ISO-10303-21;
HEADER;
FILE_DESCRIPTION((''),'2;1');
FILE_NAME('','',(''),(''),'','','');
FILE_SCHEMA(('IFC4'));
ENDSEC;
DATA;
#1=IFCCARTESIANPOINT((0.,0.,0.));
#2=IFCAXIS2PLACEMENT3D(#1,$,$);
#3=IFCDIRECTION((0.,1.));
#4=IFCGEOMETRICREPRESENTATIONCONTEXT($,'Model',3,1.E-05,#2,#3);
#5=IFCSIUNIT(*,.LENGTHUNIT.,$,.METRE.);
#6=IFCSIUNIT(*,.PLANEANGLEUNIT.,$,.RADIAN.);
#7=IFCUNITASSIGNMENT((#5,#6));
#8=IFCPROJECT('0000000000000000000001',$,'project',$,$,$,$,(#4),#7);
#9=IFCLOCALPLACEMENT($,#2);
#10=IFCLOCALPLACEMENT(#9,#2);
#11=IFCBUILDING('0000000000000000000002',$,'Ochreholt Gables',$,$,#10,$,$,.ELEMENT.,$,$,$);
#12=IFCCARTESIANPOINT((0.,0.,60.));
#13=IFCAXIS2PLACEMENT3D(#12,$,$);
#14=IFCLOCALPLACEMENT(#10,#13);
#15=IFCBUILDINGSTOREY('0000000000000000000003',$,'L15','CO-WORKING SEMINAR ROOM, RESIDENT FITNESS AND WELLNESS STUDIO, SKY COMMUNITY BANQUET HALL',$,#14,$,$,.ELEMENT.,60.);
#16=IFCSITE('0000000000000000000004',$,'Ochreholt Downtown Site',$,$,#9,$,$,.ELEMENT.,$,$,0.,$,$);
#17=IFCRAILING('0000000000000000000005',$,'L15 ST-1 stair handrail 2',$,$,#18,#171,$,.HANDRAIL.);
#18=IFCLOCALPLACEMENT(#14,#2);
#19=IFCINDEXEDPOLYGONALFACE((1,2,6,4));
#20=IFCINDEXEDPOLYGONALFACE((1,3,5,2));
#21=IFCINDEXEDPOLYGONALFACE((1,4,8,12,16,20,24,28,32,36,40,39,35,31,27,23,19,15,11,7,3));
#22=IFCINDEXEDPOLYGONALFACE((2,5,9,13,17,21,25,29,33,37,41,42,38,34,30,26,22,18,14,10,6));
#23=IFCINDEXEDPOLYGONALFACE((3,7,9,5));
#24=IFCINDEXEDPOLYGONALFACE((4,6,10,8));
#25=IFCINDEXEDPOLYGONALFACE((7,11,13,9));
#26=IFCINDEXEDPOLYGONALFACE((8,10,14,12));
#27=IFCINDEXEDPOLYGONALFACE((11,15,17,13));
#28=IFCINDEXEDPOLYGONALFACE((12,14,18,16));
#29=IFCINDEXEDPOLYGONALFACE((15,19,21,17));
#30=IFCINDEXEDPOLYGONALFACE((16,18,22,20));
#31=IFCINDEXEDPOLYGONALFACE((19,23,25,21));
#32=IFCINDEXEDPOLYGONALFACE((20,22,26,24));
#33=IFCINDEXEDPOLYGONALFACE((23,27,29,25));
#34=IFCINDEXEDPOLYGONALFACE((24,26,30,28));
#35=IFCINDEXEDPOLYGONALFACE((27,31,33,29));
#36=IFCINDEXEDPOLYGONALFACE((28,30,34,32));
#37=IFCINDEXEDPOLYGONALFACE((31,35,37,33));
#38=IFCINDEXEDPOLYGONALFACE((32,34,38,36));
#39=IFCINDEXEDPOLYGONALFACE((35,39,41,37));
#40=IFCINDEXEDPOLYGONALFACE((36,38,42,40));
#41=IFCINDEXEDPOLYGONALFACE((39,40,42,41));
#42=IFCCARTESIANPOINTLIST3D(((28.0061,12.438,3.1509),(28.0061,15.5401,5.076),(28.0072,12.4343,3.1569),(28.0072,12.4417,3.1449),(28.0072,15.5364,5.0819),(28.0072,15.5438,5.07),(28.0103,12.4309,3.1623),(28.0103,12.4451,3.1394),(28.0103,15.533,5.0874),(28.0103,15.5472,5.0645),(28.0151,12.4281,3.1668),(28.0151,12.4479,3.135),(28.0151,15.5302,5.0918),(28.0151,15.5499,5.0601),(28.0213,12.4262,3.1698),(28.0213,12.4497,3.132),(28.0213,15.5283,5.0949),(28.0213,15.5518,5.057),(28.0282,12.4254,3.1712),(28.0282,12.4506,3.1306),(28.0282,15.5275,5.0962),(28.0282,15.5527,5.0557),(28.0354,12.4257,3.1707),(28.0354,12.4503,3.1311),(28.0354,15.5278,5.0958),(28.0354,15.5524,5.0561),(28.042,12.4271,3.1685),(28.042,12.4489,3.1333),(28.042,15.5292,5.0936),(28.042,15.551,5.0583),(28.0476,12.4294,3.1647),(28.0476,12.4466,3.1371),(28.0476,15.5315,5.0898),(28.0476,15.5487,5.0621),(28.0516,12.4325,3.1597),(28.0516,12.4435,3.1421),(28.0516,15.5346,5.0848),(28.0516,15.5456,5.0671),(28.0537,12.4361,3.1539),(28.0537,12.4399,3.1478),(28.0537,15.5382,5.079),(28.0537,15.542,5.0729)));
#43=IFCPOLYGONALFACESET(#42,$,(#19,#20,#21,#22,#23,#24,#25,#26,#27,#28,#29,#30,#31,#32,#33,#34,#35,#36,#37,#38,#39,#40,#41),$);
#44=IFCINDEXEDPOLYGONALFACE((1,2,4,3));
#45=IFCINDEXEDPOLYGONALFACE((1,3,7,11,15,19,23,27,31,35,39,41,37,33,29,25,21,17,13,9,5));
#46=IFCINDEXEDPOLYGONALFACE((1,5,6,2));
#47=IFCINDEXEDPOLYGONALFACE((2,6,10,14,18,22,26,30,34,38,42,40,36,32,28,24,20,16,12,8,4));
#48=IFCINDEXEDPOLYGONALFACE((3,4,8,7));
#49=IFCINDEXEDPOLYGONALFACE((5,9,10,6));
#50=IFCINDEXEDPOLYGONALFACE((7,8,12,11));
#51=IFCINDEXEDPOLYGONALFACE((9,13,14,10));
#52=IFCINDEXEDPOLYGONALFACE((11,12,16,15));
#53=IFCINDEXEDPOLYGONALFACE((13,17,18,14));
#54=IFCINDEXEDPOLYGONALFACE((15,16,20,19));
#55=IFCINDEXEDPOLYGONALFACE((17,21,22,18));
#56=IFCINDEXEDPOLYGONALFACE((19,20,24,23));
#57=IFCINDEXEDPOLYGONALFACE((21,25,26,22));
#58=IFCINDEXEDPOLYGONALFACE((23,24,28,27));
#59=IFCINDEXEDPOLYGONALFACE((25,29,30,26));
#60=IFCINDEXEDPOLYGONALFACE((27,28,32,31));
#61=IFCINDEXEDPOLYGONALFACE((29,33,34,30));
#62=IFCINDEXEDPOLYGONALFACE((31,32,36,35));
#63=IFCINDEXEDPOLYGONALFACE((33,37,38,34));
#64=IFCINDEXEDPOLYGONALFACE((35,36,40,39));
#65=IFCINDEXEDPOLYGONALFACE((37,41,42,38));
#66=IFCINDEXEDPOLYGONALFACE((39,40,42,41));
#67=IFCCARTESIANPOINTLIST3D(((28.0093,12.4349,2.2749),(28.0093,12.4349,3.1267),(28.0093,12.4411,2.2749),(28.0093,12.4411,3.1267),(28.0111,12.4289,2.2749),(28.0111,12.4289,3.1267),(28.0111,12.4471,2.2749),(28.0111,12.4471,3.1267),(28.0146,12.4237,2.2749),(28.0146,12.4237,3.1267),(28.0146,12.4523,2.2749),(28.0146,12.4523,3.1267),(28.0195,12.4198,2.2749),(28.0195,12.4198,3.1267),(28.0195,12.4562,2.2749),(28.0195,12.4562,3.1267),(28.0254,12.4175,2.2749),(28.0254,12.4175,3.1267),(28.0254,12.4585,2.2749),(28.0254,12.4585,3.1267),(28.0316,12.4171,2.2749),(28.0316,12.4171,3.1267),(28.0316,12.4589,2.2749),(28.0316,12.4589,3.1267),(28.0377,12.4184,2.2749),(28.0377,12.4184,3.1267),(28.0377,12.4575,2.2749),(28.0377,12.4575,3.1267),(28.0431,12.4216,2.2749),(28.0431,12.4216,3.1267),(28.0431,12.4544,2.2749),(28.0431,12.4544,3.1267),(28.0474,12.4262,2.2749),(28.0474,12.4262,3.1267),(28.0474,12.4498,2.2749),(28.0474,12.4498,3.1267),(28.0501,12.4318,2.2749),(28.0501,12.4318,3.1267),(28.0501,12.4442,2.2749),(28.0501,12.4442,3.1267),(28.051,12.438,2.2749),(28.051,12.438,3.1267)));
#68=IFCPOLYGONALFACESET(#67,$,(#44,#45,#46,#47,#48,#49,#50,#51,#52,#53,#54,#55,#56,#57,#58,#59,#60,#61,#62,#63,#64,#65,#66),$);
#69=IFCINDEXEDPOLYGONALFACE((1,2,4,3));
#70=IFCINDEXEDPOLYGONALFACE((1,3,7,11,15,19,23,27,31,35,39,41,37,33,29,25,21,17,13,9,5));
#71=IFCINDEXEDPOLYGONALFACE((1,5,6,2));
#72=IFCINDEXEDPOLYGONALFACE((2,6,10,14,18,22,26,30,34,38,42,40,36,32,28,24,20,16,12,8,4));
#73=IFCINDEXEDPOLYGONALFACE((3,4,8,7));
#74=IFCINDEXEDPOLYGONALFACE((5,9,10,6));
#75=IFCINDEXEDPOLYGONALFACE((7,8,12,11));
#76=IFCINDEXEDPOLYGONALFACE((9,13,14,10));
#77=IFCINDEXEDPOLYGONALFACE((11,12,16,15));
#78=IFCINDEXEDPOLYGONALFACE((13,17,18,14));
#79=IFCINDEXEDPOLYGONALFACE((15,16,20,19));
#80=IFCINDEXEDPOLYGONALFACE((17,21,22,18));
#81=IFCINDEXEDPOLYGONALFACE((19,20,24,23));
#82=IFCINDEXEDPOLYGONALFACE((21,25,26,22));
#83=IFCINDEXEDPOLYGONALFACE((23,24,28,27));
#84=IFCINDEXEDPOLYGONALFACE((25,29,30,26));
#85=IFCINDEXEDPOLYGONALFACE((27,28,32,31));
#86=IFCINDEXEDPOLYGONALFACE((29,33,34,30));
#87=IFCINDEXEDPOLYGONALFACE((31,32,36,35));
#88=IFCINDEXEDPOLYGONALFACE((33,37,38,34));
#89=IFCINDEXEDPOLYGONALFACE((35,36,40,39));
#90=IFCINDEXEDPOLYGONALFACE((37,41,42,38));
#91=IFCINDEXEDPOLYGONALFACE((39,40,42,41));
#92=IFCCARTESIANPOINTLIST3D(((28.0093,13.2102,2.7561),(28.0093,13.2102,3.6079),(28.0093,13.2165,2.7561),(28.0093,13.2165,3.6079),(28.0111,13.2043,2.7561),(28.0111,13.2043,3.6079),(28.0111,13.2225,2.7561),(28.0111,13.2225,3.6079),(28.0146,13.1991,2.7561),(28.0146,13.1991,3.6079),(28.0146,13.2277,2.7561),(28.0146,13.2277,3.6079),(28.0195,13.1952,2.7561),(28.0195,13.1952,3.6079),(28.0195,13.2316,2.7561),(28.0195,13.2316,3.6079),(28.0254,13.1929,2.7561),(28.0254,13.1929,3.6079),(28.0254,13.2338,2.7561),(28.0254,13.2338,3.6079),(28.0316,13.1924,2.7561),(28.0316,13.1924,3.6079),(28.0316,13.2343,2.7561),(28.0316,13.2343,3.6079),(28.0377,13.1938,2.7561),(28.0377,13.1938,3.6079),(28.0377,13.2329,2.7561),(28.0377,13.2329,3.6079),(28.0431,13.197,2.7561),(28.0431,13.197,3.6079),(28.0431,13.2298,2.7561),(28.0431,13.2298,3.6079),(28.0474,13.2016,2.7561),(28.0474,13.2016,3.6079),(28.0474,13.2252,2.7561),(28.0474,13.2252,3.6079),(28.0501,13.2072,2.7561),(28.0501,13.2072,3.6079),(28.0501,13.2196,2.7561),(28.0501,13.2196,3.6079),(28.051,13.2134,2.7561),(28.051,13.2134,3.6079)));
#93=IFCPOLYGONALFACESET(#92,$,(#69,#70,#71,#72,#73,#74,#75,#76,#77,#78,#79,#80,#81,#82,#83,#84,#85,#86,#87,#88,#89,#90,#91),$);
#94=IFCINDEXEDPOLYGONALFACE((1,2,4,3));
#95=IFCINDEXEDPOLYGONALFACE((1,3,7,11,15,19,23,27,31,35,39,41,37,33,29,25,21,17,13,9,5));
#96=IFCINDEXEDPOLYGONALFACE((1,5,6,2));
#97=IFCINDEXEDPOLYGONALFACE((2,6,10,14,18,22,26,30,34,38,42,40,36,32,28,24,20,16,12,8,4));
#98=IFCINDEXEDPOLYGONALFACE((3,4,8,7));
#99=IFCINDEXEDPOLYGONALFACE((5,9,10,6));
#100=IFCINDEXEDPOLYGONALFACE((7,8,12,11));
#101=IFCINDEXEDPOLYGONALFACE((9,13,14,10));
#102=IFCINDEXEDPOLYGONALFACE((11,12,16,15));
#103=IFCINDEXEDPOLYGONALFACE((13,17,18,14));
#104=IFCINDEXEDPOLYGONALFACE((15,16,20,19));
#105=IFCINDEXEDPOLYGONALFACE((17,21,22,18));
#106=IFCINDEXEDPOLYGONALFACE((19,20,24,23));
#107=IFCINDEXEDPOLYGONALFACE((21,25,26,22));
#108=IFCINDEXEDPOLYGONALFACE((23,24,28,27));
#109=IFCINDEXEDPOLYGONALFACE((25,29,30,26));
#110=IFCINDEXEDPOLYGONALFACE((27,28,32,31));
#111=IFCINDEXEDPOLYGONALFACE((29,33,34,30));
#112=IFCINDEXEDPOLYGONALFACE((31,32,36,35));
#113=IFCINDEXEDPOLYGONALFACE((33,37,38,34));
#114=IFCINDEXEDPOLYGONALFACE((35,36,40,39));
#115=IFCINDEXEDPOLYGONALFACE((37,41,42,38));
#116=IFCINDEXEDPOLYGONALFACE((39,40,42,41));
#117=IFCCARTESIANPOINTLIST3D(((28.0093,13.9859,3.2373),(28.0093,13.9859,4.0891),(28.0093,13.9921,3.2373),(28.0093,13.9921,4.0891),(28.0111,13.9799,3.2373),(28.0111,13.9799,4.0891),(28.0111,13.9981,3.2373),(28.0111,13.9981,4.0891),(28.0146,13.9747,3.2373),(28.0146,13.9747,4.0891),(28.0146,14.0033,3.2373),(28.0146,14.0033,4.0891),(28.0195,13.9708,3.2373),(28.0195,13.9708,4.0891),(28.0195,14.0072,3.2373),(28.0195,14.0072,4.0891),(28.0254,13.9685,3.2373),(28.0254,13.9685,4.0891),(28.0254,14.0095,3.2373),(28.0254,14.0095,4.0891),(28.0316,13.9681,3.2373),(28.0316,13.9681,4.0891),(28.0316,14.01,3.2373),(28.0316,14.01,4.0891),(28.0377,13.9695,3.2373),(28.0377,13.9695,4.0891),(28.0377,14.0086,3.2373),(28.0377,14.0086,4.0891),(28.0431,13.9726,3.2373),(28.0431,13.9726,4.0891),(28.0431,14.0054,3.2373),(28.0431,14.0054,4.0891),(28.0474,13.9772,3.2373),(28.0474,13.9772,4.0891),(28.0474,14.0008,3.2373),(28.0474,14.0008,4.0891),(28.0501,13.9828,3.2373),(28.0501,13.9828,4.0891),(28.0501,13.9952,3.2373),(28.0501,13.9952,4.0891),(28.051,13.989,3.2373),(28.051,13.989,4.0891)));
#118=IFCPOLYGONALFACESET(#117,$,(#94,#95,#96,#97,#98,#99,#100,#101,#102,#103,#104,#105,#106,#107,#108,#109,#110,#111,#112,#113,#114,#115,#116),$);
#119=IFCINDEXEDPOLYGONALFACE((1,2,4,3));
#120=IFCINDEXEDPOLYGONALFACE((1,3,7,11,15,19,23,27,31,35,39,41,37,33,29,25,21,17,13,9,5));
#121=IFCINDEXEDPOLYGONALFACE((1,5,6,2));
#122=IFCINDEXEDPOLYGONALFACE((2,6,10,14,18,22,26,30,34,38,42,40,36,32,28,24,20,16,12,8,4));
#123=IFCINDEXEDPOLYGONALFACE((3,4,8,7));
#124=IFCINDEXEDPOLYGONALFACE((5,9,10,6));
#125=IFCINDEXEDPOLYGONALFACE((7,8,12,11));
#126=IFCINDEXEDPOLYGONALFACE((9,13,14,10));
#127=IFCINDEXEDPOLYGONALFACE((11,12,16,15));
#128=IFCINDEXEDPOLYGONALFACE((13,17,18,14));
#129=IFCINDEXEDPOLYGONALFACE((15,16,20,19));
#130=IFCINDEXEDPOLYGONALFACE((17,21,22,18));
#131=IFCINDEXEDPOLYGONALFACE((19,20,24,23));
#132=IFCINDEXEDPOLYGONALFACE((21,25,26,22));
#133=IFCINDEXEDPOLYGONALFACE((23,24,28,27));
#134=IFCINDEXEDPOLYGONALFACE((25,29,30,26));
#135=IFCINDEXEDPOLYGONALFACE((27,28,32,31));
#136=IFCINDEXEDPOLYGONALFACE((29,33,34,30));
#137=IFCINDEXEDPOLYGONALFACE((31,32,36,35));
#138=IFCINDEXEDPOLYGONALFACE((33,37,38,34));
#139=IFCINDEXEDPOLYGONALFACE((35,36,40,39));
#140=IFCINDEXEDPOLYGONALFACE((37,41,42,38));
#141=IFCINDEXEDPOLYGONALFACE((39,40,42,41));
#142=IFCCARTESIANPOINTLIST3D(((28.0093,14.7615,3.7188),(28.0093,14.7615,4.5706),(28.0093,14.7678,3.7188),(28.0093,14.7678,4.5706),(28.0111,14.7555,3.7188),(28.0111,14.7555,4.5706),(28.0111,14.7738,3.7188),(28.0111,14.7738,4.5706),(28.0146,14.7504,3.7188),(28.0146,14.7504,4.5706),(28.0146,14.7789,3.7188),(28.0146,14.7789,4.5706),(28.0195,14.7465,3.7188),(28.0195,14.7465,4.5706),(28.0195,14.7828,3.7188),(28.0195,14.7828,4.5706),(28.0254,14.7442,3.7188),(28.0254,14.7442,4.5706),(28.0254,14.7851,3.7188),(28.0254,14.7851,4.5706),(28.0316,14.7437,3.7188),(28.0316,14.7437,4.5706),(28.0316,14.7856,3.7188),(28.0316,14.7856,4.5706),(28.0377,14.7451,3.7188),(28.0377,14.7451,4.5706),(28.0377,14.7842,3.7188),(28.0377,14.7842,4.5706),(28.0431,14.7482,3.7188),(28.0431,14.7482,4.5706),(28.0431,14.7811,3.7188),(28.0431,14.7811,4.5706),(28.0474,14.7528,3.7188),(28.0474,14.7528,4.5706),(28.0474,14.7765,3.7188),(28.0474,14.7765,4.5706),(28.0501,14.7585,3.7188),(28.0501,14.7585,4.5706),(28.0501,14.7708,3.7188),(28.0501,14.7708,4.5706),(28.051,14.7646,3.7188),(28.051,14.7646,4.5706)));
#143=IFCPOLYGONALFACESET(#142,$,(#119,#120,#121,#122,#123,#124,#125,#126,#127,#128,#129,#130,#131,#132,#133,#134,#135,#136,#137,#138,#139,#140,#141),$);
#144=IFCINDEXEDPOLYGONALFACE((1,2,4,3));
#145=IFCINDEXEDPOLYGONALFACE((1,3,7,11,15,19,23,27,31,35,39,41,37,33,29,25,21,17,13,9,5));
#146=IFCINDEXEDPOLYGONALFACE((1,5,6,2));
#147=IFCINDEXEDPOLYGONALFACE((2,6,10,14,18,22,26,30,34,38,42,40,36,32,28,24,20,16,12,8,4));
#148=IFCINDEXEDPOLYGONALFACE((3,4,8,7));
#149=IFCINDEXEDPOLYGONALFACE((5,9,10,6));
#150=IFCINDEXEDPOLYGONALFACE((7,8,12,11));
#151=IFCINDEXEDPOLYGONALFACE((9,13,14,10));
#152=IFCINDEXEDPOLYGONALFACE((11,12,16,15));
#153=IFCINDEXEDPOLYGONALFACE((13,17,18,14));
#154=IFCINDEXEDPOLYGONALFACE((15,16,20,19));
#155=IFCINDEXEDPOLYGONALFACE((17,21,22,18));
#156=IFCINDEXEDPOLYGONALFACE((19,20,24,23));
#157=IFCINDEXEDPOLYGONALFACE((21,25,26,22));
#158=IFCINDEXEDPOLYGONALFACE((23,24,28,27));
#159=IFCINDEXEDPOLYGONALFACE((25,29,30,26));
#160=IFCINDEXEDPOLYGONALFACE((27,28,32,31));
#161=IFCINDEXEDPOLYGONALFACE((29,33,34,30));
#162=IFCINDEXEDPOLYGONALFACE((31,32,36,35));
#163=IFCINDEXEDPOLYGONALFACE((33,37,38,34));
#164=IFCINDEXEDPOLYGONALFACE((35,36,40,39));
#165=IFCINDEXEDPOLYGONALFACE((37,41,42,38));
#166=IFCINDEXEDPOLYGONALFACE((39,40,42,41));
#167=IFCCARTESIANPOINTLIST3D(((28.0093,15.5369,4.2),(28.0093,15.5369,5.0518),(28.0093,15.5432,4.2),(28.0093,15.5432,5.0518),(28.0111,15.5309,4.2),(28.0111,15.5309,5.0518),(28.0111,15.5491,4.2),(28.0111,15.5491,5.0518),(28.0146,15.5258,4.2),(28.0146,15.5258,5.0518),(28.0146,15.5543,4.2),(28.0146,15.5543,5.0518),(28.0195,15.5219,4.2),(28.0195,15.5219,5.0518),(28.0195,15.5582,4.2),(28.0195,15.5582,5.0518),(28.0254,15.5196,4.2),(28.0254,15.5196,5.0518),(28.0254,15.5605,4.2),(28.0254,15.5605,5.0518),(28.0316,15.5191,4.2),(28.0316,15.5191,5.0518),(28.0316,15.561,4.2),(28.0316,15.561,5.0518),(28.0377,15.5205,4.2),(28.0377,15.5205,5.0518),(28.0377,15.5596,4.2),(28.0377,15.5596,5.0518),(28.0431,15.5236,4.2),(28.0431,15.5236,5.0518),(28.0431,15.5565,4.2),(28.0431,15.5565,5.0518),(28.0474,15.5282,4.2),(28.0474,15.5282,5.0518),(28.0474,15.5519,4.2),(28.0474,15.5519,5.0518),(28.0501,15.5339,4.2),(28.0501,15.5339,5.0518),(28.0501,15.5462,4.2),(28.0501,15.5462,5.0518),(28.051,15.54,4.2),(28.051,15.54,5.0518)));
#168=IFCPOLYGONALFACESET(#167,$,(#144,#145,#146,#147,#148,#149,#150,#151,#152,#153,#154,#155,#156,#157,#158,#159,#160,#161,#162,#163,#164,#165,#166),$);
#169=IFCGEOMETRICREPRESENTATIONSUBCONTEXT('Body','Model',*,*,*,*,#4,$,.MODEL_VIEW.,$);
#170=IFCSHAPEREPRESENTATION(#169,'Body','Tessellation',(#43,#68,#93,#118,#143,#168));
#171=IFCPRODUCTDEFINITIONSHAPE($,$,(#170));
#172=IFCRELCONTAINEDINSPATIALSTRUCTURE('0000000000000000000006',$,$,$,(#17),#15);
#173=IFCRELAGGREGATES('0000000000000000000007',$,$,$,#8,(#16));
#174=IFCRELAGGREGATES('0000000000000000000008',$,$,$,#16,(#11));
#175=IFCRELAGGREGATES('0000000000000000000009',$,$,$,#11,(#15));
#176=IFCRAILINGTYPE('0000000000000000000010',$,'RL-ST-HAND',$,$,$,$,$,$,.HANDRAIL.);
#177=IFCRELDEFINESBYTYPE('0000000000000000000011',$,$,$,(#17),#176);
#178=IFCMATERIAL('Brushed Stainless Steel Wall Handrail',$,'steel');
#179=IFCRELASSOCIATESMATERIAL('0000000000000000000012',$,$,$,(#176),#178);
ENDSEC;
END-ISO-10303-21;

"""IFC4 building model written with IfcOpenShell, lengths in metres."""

from ifc_helpers import new_model, si_unit, direction, frame, origin, origin_2d, place, context, subcontext, project, spatial, circle, extrude, material, type_object, element, save


model = new_model("IFC4")

# Units and contexts
model_context = context("Model", 3, precision=1e-05, world=origin(), true_north=direction((0.0, 1.0)))
body_context = subcontext(model_context, "Body", "Model", "MODEL_VIEW")
ifc_project = project(units=[si_unit("LENGTHUNIT", "METRE"), si_unit("PLANEANGLEUNIT", "RADIAN")], contexts=[model_context])

# Site, building, storey
site_placement = place(None, origin())
site = spatial("IfcSite", under=ifc_project, at=site_placement, Name="Ochreholt Downtown Site", CompositionType="ELEMENT", RefElevation=0.0)
building_placement = place(site_placement, origin())
building = spatial("IfcBuilding", under=site, at=building_placement, Name="Ochreholt Gables", CompositionType="ELEMENT")
storey_placement = place(building_placement, frame((0.0, 0.0, 60.0)))
storey = spatial("IfcBuildingStorey", under=building, at=storey_placement, Name="L15", Description="CO-WORKING SEMINAR ROOM, RESIDENT FITNESS AND WELLNESS STUDIO, SKY COMMUNITY BANQUET HALL", CompositionType="ELEMENT", Elevation=60.0)

# Railing
ifc_material_1 = material(Name="Brushed Stainless Steel Wall Handrail", Category="steel")
railing_type_1 = type_object("IfcRailingType", Name="RL-ST-HAND", PredefinedType="HANDRAIL", material=ifc_material_1)
railing_1_placement = place(storey_placement, frame((28.03, 12.438, 2.2749)))
element("IfcRailing", 1, at=railing_1_placement, inside=storey, type_object=railing_type_1, Name="L15 ST-1 stair handrail 2", PredefinedType="HANDRAIL", context=body_context, shape_type="SweptSolid", body=[
    extrude(circle(Radius=0.0239, at=origin_2d()), frame((0.0, 0.0, 0.876), z_axis=(0.0, 0.849685, 0.527291), x_axis=(-1.0, 0.0, 0.0)), (0.0, 0.0, 1.0), 3.6509),
    extrude(circle(Radius=0.021, at=origin_2d()), origin(), (0.0, 0.0, 1.0), 0.8518),
    extrude(circle(Radius=0.021, at=origin_2d()), frame((0.0, 0.7754, 0.4812)), (0.0, 0.0, 1.0), 0.8518),
    extrude(circle(Radius=0.021, at=origin_2d()), frame((0.0, 1.551, 0.9624)), (0.0, 0.0, 1.0), 0.8518),
    extrude(circle(Radius=0.021, at=origin_2d()), frame((0.0, 2.3267, 1.4438)), (0.0, 0.0, 1.0), 0.8518),
    extrude(circle(Radius=0.021, at=origin_2d()), frame((0.0, 3.1021, 1.925)), (0.0, 0.0, 1.0), 0.8518),
])

save(model, "model.ifc")
